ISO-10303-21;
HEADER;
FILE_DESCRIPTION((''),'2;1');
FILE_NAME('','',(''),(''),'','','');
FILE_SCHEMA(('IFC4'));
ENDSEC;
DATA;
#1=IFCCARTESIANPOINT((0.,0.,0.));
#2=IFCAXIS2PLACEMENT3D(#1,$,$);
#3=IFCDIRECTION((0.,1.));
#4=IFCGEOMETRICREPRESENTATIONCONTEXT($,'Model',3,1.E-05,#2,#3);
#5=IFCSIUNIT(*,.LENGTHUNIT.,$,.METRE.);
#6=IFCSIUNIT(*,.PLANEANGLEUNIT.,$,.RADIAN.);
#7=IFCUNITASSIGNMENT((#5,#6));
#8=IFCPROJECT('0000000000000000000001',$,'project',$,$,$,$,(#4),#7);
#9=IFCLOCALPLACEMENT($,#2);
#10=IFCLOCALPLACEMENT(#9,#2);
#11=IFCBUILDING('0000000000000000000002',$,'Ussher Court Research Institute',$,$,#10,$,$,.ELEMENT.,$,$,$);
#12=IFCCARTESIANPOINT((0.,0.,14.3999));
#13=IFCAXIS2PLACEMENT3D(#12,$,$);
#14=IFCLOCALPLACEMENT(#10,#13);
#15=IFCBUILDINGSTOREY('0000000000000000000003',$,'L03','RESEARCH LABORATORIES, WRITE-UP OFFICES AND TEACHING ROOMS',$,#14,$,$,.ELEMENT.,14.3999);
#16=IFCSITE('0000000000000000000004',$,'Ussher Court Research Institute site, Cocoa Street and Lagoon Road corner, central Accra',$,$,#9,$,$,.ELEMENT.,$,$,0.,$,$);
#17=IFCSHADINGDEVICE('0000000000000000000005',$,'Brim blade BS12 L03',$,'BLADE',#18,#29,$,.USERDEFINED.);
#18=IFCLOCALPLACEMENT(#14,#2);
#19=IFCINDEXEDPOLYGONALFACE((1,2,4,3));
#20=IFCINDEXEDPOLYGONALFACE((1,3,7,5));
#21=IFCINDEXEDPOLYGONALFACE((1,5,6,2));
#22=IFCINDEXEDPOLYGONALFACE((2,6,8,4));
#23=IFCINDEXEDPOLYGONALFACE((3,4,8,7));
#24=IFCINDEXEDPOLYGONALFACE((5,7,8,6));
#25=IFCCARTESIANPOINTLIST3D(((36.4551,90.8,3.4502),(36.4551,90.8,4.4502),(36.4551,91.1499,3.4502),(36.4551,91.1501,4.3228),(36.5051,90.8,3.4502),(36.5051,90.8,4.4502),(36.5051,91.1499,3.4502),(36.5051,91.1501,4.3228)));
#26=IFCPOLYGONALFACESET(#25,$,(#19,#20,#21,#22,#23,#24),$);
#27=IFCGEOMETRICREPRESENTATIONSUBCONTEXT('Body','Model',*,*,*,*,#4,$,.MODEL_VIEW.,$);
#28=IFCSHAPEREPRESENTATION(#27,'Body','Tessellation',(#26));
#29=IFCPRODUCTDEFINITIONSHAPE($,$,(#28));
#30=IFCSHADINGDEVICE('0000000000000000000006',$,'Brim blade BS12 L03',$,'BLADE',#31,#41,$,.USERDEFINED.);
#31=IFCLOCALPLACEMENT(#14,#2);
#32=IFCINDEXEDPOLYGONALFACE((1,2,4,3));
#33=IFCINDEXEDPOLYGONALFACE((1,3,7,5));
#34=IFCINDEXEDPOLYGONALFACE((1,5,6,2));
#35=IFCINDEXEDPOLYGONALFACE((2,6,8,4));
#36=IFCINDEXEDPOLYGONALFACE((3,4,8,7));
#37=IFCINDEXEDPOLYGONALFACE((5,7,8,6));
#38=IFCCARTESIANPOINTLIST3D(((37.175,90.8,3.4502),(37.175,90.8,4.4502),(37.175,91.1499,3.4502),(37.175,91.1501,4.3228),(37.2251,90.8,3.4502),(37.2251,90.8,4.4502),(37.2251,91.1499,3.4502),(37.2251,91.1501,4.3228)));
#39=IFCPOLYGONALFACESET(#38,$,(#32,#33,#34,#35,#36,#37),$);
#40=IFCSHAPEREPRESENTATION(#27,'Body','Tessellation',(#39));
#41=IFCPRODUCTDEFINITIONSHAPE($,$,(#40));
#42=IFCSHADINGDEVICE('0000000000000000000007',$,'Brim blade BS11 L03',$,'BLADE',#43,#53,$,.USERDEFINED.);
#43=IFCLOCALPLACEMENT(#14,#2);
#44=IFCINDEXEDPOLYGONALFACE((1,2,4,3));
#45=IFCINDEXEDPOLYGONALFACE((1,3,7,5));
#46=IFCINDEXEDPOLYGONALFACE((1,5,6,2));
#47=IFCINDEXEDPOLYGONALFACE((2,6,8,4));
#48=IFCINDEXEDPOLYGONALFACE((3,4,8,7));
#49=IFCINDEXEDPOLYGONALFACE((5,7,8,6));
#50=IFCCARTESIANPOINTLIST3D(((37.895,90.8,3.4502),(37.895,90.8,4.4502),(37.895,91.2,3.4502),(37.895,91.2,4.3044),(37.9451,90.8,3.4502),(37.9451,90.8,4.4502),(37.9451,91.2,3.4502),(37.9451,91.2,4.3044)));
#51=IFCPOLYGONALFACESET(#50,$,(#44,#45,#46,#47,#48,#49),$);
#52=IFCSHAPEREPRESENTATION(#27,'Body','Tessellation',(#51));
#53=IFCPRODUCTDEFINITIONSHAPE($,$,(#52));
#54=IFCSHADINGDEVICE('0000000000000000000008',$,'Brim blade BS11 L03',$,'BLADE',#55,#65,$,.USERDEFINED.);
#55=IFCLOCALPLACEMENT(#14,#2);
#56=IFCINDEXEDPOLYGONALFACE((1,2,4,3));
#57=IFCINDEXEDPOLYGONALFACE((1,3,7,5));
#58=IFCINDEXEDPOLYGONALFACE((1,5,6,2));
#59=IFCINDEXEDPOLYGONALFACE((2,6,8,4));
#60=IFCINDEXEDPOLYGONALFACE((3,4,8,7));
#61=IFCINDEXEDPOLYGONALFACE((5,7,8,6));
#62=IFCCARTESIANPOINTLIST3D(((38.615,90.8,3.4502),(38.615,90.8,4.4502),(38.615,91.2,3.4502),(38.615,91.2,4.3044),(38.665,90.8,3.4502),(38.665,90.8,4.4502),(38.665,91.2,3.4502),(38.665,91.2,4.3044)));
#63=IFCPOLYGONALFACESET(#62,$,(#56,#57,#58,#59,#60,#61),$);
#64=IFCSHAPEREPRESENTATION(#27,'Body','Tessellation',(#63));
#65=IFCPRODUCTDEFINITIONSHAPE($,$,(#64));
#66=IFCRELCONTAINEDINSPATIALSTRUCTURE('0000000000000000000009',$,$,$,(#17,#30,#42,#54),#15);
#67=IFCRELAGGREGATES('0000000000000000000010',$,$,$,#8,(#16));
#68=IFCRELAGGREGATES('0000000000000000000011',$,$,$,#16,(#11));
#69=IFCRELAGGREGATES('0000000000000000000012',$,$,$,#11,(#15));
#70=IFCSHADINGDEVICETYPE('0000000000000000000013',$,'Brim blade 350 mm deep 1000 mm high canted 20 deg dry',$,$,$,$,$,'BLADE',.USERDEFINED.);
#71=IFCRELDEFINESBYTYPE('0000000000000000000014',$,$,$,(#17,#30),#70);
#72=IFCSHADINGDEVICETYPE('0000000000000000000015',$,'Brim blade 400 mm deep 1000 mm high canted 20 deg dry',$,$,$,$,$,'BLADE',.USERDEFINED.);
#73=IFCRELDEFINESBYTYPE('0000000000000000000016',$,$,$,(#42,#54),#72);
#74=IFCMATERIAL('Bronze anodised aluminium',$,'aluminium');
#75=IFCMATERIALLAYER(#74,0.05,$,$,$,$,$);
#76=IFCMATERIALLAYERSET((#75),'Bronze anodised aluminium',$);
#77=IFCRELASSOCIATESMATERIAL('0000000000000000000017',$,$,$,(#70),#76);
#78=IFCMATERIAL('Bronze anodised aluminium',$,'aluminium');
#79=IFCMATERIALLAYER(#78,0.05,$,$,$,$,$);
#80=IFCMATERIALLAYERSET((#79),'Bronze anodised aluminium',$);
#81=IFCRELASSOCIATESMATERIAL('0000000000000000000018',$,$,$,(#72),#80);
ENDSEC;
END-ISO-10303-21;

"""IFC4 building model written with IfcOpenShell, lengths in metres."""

from ifc_helpers import new_model, si_unit, direction, frame, origin, place, context, subcontext, project, spatial, polyline, outline, extrude, material, layer, layer_set, type_object, element, save


model = new_model("IFC4")

# Units and contexts
model_context = context("Model", 3, precision=1e-05, world=origin(), true_north=direction((0.0, 1.0)))
body_context = subcontext(model_context, "Body", "Model", "MODEL_VIEW")
ifc_project = project(units=[si_unit("LENGTHUNIT", "METRE"), si_unit("PLANEANGLEUNIT", "RADIAN")], contexts=[model_context])

# Site, building, storey
site_placement = place(None, origin())
site = spatial("IfcSite", under=ifc_project, at=site_placement, Name="Ussher Court Research Institute site, Cocoa Street and Lagoon Road corner, central Accra", CompositionType="ELEMENT", RefElevation=0.0)
building_placement = place(site_placement, origin())
building = spatial("IfcBuilding", under=site, at=building_placement, Name="Ussher Court Research Institute", CompositionType="ELEMENT")
storey_placement = place(building_placement, frame((0.0, 0.0, 14.3999)))
storey = spatial("IfcBuildingStorey", under=building, at=storey_placement, Name="L03", Description="RESEARCH LABORATORIES, WRITE-UP OFFICES AND TEACHING ROOMS", CompositionType="ELEMENT", Elevation=14.3999)

# Shading devices
ifc_material_1 = material(Name="Bronze anodised aluminium", Category="aluminium")
ifc_layer_1 = layer(ifc_material_1, 0.05)
ifc_layer_set_1 = layer_set([ifc_layer_1], Name="Bronze anodised aluminium")
shading_device_type_1 = type_object("IfcShadingDeviceType", Name="Brim blade 350 mm deep 1000 mm high canted 20 deg dry", ElementType="BLADE", PredefinedType="USERDEFINED", material=ifc_layer_set_1)
for number, where, z_axis, x_axis, name in (
    (1, (36.48, 90.8, 3.4502), (0.0, 0.0, 1.0), (0.0, 1.0, 0.0), "Brim blade BS12 L03"),
    (2, (37.2, 90.8, 3.4502), (0.0, 0.0, 1.0), (0.0, 1.0, 0.0), "Brim blade BS12 L03"),
):
    element("IfcShadingDevice", number, at=place(storey_placement, frame(where, z_axis=z_axis, x_axis=x_axis)), inside=storey, type_object=shading_device_type_1, Name=name, ObjectType="BLADE", PredefinedType="USERDEFINED", context=body_context, shape_type="SweptSolid", body=[
        extrude(outline(polyline([(0.0, 0.0), (0.3499, 0.0), (0.3501, 0.8726), (0.0, 1.0), (0.0, 0.0)])), frame((0.0, 0.0249, 0.0), z_axis=(0.0, -1.0, 0.0), x_axis=(1.0, 0.0, 0.0)), (0.0, 0.0, 1.0), 0.05),
    ])
ifc_material_2 = material(Name="Bronze anodised aluminium", Category="aluminium")
ifc_layer_2 = layer(ifc_material_2, 0.05)
ifc_layer_set_2 = layer_set([ifc_layer_2], Name="Bronze anodised aluminium")
shading_device_type_2 = type_object("IfcShadingDeviceType", Name="Brim blade 400 mm deep 1000 mm high canted 20 deg dry", ElementType="BLADE", PredefinedType="USERDEFINED", material=ifc_layer_set_2)
for number, where, z_axis, x_axis, name in (
    (3, (37.9199, 90.8, 3.4502), (0.0, 0.0, 1.0), (0.0, 1.0, 0.0), "Brim blade BS11 L03"),
    (4, (38.6399, 90.8, 3.4502), (0.0, 0.0, 1.0), (0.0, 1.0, 0.0), "Brim blade BS11 L03"),
):
    element("IfcShadingDevice", number, at=place(storey_placement, frame(where, z_axis=z_axis, x_axis=x_axis)), inside=storey, type_object=shading_device_type_2, Name=name, ObjectType="BLADE", PredefinedType="USERDEFINED", context=body_context, shape_type="SweptSolid", body=[
        extrude(outline(polyline([(0.0, 0.0), (0.3999, 0.0), (0.3999, 0.8542), (0.0, 1.0), (0.0, 0.0)])), frame((0.0, 0.0249, 0.0), z_axis=(0.0, -1.0, 0.0), x_axis=(1.0, 0.0, 0.0)), (0.0, 0.0, 1.0), 0.05),
    ])

save(model, "model.ifc")
